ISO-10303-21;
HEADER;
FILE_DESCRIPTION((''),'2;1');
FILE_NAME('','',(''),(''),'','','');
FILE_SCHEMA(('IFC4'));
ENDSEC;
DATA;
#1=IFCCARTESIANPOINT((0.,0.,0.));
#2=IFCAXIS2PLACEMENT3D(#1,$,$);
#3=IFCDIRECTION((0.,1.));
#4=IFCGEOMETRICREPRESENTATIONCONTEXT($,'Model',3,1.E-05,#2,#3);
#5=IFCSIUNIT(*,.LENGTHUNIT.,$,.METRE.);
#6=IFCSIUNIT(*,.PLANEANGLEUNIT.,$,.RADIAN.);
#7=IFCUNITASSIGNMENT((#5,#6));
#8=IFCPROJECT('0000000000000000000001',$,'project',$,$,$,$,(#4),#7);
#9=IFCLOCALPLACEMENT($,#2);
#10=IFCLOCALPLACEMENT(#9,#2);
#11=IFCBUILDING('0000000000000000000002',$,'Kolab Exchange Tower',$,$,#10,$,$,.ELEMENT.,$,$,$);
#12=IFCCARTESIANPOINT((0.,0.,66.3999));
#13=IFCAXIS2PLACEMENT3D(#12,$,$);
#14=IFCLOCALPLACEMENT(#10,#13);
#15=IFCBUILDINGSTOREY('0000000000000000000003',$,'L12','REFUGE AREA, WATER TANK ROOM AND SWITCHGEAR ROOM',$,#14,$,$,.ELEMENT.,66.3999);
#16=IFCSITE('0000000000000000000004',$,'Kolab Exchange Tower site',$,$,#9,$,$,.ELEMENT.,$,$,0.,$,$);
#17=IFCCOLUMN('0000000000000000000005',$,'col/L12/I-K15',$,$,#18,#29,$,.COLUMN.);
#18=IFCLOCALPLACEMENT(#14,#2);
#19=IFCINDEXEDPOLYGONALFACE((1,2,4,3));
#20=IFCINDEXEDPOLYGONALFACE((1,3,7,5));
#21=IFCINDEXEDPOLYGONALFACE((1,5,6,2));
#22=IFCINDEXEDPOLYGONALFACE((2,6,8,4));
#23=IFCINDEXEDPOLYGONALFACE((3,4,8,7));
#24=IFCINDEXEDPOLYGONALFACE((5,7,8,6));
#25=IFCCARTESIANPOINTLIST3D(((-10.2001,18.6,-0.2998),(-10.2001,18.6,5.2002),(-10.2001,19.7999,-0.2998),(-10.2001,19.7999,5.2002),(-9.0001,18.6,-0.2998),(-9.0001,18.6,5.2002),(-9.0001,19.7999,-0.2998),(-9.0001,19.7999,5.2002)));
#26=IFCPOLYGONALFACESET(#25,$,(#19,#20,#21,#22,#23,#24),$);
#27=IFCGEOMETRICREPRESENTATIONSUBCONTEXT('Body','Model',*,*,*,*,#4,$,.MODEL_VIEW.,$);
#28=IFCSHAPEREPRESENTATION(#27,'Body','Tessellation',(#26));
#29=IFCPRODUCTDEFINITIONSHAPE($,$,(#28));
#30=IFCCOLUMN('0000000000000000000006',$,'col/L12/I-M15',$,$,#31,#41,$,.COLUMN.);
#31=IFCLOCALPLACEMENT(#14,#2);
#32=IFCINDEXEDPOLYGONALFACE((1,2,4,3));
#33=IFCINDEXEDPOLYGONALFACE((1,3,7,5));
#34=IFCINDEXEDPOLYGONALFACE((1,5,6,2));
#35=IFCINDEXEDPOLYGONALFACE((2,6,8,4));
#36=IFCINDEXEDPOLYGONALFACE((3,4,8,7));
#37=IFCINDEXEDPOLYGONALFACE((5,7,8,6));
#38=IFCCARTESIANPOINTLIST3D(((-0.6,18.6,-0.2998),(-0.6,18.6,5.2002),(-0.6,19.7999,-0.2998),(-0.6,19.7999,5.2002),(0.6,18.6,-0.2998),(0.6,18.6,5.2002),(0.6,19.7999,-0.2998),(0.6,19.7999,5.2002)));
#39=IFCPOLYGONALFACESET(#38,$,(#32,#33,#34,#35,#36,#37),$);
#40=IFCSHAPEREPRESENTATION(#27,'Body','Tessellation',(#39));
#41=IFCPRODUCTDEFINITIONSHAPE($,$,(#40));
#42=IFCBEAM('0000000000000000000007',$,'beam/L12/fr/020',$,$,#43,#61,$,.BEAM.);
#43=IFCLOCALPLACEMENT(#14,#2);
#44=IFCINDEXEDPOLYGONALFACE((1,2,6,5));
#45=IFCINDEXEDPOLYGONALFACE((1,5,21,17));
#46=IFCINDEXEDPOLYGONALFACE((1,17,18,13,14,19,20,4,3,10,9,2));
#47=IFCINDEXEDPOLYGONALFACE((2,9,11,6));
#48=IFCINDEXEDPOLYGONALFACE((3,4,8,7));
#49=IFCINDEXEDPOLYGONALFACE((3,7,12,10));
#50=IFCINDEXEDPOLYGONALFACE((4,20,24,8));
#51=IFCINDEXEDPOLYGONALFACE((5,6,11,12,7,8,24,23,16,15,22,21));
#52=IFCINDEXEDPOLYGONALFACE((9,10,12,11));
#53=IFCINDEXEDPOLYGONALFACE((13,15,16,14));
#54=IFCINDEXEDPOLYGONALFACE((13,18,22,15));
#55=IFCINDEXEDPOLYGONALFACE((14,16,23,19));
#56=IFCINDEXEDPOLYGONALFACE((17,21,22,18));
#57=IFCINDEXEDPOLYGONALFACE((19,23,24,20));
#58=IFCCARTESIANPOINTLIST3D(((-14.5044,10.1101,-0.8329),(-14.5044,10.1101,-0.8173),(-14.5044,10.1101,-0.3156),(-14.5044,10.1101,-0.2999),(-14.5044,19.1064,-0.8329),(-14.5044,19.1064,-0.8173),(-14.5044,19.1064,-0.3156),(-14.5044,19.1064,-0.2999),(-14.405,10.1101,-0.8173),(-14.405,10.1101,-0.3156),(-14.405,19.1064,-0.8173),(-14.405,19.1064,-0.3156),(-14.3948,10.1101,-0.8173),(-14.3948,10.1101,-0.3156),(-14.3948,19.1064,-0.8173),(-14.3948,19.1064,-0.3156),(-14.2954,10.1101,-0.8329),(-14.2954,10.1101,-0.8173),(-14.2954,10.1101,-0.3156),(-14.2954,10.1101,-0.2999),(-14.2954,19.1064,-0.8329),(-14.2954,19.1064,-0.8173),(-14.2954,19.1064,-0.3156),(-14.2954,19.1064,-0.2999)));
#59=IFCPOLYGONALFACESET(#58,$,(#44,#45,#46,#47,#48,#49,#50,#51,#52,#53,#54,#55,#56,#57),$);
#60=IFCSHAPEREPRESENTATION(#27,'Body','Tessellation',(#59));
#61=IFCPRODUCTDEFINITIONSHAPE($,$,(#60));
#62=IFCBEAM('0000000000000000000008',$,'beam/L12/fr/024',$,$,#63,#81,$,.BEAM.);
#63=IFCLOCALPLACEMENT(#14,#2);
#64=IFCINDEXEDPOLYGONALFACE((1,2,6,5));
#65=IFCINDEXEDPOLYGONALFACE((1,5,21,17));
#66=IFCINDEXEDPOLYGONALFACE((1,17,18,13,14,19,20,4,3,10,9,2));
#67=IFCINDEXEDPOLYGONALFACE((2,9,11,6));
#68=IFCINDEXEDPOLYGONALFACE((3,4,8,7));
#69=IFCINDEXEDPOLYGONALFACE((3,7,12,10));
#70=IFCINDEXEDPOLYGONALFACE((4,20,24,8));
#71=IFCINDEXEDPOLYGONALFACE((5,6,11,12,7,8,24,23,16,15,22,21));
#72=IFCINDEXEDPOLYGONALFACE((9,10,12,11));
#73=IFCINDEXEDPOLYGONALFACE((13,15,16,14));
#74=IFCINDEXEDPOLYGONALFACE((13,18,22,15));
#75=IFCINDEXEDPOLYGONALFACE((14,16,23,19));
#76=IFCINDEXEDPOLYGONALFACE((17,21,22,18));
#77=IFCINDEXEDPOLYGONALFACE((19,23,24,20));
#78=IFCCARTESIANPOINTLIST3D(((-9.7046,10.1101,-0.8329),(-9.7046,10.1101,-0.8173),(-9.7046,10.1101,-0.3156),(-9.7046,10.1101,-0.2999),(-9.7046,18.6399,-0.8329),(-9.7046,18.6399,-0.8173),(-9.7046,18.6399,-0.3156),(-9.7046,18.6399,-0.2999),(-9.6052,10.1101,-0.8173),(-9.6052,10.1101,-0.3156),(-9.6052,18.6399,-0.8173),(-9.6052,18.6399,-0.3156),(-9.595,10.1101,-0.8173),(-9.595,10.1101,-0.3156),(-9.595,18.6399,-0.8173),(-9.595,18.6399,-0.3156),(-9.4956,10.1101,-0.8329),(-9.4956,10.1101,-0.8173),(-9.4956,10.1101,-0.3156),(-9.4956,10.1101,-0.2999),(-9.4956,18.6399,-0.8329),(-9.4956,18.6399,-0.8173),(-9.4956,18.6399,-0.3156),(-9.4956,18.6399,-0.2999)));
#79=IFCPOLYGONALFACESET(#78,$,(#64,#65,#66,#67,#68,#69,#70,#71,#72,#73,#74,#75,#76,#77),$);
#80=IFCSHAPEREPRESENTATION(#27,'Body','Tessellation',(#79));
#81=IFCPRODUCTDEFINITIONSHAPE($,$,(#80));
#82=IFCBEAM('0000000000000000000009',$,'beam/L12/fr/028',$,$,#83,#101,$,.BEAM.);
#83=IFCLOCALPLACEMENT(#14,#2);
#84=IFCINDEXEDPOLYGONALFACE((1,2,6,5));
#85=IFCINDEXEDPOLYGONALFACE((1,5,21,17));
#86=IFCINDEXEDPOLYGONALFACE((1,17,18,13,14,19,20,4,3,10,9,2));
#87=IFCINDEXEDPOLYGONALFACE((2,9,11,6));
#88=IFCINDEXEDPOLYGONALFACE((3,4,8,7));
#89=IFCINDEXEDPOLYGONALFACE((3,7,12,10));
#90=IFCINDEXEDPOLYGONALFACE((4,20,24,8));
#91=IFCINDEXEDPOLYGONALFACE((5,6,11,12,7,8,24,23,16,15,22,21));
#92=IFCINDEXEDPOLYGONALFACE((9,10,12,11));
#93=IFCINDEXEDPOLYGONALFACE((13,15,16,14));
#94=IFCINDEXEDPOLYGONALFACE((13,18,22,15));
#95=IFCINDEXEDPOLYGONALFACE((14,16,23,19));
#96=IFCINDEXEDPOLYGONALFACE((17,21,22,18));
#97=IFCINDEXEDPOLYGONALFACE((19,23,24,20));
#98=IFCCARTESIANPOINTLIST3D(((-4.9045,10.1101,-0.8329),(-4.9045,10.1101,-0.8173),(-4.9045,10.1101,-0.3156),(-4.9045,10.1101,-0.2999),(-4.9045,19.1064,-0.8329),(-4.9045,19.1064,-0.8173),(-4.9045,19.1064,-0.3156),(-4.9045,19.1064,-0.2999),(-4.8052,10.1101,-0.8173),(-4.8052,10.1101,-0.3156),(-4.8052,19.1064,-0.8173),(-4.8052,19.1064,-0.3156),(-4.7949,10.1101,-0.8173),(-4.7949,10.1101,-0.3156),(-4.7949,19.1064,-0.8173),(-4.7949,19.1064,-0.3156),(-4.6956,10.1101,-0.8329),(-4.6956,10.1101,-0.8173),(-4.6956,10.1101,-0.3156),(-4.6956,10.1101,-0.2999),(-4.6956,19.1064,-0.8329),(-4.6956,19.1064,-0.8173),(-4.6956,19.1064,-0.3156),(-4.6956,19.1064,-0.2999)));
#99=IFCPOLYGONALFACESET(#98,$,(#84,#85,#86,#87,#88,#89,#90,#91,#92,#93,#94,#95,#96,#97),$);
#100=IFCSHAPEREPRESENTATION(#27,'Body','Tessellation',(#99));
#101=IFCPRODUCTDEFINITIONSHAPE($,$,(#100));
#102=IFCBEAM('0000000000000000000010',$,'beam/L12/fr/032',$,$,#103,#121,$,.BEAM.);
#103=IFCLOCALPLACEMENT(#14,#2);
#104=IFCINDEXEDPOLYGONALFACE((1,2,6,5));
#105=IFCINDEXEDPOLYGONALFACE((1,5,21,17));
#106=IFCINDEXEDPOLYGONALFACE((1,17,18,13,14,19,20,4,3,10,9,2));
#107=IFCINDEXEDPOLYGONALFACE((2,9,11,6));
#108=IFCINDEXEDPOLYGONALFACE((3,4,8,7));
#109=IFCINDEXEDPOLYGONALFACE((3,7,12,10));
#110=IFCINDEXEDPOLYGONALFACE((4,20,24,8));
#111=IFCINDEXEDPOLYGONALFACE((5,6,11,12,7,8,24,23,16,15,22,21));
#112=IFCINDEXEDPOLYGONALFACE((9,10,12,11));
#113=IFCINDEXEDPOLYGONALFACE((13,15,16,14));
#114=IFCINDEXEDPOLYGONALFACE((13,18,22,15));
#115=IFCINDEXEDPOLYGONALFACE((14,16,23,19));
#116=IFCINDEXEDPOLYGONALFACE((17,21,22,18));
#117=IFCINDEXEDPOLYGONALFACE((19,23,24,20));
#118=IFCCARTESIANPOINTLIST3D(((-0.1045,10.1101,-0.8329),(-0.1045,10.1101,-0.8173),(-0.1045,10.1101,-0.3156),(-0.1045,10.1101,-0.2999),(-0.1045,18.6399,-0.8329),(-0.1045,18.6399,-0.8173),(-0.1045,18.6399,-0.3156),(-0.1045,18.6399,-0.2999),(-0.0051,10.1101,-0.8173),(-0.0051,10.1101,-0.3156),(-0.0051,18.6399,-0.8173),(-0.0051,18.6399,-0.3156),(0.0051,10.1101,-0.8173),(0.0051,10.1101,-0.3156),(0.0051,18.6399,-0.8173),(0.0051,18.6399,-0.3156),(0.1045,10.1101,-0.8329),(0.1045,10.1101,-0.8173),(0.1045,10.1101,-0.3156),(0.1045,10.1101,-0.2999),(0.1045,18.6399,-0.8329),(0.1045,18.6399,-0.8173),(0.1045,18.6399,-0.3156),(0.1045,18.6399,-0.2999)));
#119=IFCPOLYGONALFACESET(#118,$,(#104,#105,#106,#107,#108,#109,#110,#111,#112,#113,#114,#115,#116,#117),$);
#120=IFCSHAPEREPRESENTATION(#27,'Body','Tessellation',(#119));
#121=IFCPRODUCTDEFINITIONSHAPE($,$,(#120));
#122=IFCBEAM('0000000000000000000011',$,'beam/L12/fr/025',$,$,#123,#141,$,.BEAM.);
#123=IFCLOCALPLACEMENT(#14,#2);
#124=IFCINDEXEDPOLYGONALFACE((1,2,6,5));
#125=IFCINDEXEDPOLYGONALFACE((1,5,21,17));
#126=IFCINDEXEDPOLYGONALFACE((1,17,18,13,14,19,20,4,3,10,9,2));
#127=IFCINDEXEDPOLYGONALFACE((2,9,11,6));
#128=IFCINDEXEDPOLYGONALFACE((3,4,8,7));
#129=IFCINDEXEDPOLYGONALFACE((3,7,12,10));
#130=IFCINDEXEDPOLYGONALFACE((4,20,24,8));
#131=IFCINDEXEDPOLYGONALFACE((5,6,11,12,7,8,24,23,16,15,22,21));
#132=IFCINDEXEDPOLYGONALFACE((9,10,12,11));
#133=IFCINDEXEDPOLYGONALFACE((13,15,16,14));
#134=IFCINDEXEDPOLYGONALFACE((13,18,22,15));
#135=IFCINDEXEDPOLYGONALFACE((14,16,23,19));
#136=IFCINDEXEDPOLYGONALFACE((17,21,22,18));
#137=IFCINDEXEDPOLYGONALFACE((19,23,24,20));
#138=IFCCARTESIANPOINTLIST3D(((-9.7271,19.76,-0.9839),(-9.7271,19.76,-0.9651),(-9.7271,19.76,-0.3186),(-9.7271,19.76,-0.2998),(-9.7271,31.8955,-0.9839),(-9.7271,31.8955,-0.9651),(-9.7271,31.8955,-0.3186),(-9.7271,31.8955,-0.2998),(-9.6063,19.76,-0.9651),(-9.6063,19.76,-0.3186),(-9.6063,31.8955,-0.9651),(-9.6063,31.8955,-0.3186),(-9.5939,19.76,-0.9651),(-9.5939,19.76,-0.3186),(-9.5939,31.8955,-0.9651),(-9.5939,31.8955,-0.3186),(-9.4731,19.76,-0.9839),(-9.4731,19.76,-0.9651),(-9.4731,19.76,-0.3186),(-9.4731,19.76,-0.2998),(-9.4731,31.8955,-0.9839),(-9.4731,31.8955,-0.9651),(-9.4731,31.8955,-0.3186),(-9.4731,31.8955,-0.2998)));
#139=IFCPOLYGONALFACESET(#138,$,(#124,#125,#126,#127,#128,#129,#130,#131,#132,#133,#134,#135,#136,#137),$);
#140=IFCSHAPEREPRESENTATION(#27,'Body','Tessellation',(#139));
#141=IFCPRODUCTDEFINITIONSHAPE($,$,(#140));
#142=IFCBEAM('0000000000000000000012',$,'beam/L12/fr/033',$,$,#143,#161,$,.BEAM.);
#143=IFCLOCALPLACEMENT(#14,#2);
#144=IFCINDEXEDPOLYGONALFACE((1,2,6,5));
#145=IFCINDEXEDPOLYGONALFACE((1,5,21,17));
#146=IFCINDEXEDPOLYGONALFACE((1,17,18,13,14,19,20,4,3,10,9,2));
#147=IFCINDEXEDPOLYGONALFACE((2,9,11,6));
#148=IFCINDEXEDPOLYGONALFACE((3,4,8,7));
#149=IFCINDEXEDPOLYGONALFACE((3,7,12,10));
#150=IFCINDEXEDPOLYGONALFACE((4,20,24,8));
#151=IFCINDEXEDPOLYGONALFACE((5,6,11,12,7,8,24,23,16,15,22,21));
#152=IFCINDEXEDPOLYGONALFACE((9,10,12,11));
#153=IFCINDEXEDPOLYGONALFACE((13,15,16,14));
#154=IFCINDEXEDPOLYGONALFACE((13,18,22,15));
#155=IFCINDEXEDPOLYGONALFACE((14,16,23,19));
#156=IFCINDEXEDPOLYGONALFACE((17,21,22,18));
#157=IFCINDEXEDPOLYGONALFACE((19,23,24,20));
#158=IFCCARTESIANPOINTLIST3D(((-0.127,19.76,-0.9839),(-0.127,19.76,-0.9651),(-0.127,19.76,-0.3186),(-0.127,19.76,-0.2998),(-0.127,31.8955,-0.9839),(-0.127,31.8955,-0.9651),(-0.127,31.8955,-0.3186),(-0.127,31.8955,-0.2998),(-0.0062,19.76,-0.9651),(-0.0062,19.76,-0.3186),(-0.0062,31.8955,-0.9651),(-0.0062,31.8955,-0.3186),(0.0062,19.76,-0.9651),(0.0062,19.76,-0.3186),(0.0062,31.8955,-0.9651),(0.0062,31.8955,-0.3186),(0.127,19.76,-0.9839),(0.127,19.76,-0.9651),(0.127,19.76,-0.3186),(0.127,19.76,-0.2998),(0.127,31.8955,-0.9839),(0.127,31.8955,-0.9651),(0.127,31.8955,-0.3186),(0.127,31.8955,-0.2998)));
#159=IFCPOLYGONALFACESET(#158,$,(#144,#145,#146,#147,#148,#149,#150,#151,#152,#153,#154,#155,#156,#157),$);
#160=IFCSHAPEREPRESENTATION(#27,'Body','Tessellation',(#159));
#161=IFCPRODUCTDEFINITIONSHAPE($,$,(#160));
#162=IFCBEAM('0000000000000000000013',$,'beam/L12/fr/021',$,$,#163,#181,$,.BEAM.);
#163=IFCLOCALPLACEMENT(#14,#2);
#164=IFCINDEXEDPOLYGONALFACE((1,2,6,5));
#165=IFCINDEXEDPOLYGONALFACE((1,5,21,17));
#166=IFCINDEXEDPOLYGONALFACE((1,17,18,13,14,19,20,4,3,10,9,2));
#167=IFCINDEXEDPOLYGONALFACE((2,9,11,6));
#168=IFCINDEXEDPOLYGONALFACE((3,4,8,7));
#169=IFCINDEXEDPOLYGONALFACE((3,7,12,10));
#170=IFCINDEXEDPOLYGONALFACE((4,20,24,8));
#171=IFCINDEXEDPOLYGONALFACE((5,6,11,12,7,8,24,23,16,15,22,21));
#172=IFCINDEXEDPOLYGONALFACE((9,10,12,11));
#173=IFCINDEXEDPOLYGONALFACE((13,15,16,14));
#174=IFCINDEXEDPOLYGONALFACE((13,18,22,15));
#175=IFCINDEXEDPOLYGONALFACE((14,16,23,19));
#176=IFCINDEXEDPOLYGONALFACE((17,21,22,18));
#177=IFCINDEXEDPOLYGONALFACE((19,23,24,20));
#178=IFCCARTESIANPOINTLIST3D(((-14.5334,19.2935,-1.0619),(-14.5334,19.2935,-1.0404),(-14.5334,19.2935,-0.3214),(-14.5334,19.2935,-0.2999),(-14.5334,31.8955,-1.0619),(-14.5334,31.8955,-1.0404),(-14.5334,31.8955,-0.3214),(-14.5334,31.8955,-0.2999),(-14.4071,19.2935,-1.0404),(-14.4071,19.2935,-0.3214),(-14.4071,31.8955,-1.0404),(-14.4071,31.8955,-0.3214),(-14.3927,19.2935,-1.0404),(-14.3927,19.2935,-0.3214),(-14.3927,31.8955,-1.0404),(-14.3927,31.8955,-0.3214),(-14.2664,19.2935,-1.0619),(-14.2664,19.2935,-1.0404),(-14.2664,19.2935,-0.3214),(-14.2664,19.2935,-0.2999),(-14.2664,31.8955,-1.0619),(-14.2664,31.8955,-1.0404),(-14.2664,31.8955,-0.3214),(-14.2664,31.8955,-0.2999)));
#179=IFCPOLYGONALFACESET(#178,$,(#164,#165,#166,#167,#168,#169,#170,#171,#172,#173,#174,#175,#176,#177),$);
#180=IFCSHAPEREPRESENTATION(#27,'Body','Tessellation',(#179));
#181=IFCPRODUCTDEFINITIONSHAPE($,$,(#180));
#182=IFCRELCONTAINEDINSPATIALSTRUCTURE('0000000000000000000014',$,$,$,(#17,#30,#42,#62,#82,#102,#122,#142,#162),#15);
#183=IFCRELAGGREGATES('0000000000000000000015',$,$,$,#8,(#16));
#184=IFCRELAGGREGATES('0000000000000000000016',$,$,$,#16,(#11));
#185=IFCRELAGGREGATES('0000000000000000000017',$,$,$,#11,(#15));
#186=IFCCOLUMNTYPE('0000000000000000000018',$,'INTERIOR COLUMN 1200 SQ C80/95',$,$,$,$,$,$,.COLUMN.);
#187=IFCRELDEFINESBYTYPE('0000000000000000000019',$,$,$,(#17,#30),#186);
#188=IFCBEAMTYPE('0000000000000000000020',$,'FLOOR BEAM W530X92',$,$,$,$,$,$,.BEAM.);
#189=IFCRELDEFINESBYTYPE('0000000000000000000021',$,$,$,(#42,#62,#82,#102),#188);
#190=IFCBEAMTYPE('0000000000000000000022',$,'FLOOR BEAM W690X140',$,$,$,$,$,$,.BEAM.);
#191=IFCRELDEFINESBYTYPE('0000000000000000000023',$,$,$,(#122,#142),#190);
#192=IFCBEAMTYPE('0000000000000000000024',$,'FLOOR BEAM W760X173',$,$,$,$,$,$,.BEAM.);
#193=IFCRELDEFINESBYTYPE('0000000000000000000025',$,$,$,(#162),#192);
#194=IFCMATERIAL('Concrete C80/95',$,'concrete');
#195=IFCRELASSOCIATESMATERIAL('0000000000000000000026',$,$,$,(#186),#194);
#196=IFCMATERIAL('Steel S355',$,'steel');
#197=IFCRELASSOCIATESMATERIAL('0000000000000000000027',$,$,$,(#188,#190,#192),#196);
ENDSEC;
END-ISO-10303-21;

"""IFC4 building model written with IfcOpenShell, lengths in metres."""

from ifc_helpers import new_model, si_unit, direction, frame, origin, origin_2d, place, context, subcontext, project, spatial, rectangle, i_section, extrude, material, material_profile, profile_set, type_object, element, save


model = new_model("IFC4")

# Units and contexts
model_context = context("Model", 3, precision=1e-05, world=origin(), true_north=direction((0.0, 1.0)))
body_context = subcontext(model_context, "Body", "Model", "MODEL_VIEW")
ifc_project = project(units=[si_unit("LENGTHUNIT", "METRE"), si_unit("PLANEANGLEUNIT", "RADIAN")], contexts=[model_context])

# Site, building, storey
site_placement = place(None, origin())
site = spatial("IfcSite", under=ifc_project, at=site_placement, Name="Kolab Exchange Tower site", CompositionType="ELEMENT", RefElevation=0.0)
building_placement = place(site_placement, origin())
building = spatial("IfcBuilding", under=site, at=building_placement, Name="Kolab Exchange Tower", CompositionType="ELEMENT")
storey_placement = place(building_placement, frame((0.0, 0.0, 66.3999)))
storey = spatial("IfcBuildingStorey", under=building, at=storey_placement, Name="L12", Description="REFUGE AREA, WATER TANK ROOM AND SWITCHGEAR ROOM", CompositionType="ELEMENT", Elevation=66.3999)

# Columns
ifc_material_1 = material(Name="Concrete C80/95", Category="concrete")
ifc_material_profile_1 = material_profile(ifc_material_1, rectangle(XDim=1.2, YDim=1.2, at=origin_2d()), Name="RC1200")
ifc_profile_set_1 = profile_set([ifc_material_profile_1], Name="Concrete C80/95")
column_type = type_object("IfcColumnType", Name="INTERIOR COLUMN 1200 SQ C80/95", PredefinedType="COLUMN", material=ifc_profile_set_1)
for number, where, z_axis, x_axis, name in (
    (1, (-9.6001, 19.2, -0.2998), (0.0, 0.0, 1.0), (1.0, 0.0, 0.0), "col/L12/I-K15"),
    (2, (0.0, 19.2, -0.2998), (0.0, 0.0, 1.0), (1.0, 0.0, 0.0), "col/L12/I-M15"),
):
    element("IfcColumn", number, at=place(storey_placement, frame(where, z_axis=z_axis, x_axis=x_axis)), inside=storey, type_object=column_type, Name=name, PredefinedType="COLUMN", context=body_context, shape_type="SweptSolid", body=[
        extrude(rectangle(XDim=1.2, YDim=1.2, at=origin_2d()), origin(), (0.0, 0.0, 1.0), 5.5),
    ])

# Beams
ifc_material_2 = material(Name="Steel S355", Category="steel")
ifc_material_profile_2 = material_profile(ifc_material_2, i_section(OverallWidth=0.209, OverallDepth=0.533, WebThickness=0.0103, FlangeThickness=0.0156, at=origin_2d()), Name="W530X92")
ifc_profile_set_2 = profile_set([ifc_material_profile_2], Name="Steel S355")
beam_type_1 = type_object("IfcBeamType", Name="FLOOR BEAM W530X92", PredefinedType="BEAM", material=ifc_profile_set_2)
beam_1_placement = place(storey_placement, frame((-14.3999, 10.1101, -0.5664), z_axis=(0.0, 1.0, 0.0), x_axis=(-1.0, 0.0, 0.0)))
element("IfcBeam", 3, at=beam_1_placement, inside=storey, type_object=beam_type_1, Name="beam/L12/fr/020", PredefinedType="BEAM", context=body_context, shape_type="SweptSolid", body=[
    extrude(i_section(OverallWidth=0.209, OverallDepth=0.533, WebThickness=0.0103, FlangeThickness=0.0156, at=origin_2d()), origin(), (0.0, 0.0, 1.0), 8.9963),
])
beam_2_placement = place(storey_placement, frame((-9.6001, 10.1101, -0.5664), z_axis=(0.0, 1.0, 0.0), x_axis=(-1.0, 0.0, 0.0)))
element("IfcBeam", 4, at=beam_2_placement, inside=storey, type_object=beam_type_1, Name="beam/L12/fr/024", PredefinedType="BEAM", context=body_context, shape_type="SweptSolid", body=[
    extrude(i_section(OverallWidth=0.209, OverallDepth=0.533, WebThickness=0.0103, FlangeThickness=0.0156, at=origin_2d()), origin(), (0.0, 0.0, 1.0), 8.5298),
])
beam_3_placement = place(storey_placement, frame((-4.8, 10.1101, -0.5664), z_axis=(0.0, 1.0, 0.0), x_axis=(-1.0, 0.0, 0.0)))
element("IfcBeam", 5, at=beam_3_placement, inside=storey, type_object=beam_type_1, Name="beam/L12/fr/028", PredefinedType="BEAM", context=body_context, shape_type="SweptSolid", body=[
    extrude(i_section(OverallWidth=0.209, OverallDepth=0.533, WebThickness=0.0103, FlangeThickness=0.0156, at=origin_2d()), origin(), (0.0, 0.0, 1.0), 8.9963),
])
beam_4_placement = place(storey_placement, frame((0.0, 10.1101, -0.5664), z_axis=(0.0, 1.0, 0.0), x_axis=(-1.0, 0.0, 0.0)))
element("IfcBeam", 6, at=beam_4_placement, inside=storey, type_object=beam_type_1, Name="beam/L12/fr/032", PredefinedType="BEAM", context=body_context, shape_type="SweptSolid", body=[
    extrude(i_section(OverallWidth=0.209, OverallDepth=0.533, WebThickness=0.0103, FlangeThickness=0.0156, at=origin_2d()), origin(), (0.0, 0.0, 1.0), 8.5298),
])
ifc_material_profile_3 = material_profile(ifc_material_2, i_section(OverallWidth=0.2539, OverallDepth=0.6841, WebThickness=0.0125, FlangeThickness=0.0188, at=origin_2d()), Name="W690X140")
ifc_profile_set_3 = profile_set([ifc_material_profile_3], Name="Steel S355")
beam_type_2 = type_object("IfcBeamType", Name="FLOOR BEAM W690X140", PredefinedType="BEAM", material=ifc_profile_set_3)
for number, where, z_axis, x_axis, name in (
    (7, (-9.6001, 19.76, -0.6418), (0.0, 1.0, 0.0), (-1.0, 0.0, 0.0), "beam/L12/fr/025"),
    (8, (0.0, 19.76, -0.6418), (0.0, 1.0, 0.0), (-1.0, 0.0, 0.0), "beam/L12/fr/033"),
):
    element("IfcBeam", number, at=place(storey_placement, frame(where, z_axis=z_axis, x_axis=x_axis)), inside=storey, type_object=beam_type_2, Name=name, PredefinedType="BEAM", context=body_context, shape_type="SweptSolid", body=[
        extrude(i_section(OverallWidth=0.2539, OverallDepth=0.6841, WebThickness=0.0125, FlangeThickness=0.0188, at=origin_2d()), origin(), (0.0, 0.0, 1.0), 12.1355),
    ])
ifc_material_profile_4 = material_profile(ifc_material_2, i_section(OverallWidth=0.2671, OverallDepth=0.762, WebThickness=0.0144, FlangeThickness=0.0215, at=origin_2d()), Name="W760X173")
ifc_profile_set_4 = profile_set([ifc_material_profile_4], Name="Steel S355")
beam_type_3 = type_object("IfcBeamType", Name="FLOOR BEAM W760X173", PredefinedType="BEAM", material=ifc_profile_set_4)
for number, where, z_axis, x_axis, name in (
    (9, (-14.3999, 19.2935, -0.6809), (0.0, 1.0, 0.0), (-1.0, 0.0, 0.0), "beam/L12/fr/021"),
):
    element("IfcBeam", number, at=place(storey_placement, frame(where, z_axis=z_axis, x_axis=x_axis)), inside=storey, type_object=beam_type_3, Name=name, PredefinedType="BEAM", context=body_context, shape_type="SweptSolid", body=[
        extrude(i_section(OverallWidth=0.2671, OverallDepth=0.762, WebThickness=0.0144, FlangeThickness=0.0215, at=origin_2d()), origin(), (0.0, 0.0, 1.0), 12.6021),
    ])

save(model, "model.ifc")
